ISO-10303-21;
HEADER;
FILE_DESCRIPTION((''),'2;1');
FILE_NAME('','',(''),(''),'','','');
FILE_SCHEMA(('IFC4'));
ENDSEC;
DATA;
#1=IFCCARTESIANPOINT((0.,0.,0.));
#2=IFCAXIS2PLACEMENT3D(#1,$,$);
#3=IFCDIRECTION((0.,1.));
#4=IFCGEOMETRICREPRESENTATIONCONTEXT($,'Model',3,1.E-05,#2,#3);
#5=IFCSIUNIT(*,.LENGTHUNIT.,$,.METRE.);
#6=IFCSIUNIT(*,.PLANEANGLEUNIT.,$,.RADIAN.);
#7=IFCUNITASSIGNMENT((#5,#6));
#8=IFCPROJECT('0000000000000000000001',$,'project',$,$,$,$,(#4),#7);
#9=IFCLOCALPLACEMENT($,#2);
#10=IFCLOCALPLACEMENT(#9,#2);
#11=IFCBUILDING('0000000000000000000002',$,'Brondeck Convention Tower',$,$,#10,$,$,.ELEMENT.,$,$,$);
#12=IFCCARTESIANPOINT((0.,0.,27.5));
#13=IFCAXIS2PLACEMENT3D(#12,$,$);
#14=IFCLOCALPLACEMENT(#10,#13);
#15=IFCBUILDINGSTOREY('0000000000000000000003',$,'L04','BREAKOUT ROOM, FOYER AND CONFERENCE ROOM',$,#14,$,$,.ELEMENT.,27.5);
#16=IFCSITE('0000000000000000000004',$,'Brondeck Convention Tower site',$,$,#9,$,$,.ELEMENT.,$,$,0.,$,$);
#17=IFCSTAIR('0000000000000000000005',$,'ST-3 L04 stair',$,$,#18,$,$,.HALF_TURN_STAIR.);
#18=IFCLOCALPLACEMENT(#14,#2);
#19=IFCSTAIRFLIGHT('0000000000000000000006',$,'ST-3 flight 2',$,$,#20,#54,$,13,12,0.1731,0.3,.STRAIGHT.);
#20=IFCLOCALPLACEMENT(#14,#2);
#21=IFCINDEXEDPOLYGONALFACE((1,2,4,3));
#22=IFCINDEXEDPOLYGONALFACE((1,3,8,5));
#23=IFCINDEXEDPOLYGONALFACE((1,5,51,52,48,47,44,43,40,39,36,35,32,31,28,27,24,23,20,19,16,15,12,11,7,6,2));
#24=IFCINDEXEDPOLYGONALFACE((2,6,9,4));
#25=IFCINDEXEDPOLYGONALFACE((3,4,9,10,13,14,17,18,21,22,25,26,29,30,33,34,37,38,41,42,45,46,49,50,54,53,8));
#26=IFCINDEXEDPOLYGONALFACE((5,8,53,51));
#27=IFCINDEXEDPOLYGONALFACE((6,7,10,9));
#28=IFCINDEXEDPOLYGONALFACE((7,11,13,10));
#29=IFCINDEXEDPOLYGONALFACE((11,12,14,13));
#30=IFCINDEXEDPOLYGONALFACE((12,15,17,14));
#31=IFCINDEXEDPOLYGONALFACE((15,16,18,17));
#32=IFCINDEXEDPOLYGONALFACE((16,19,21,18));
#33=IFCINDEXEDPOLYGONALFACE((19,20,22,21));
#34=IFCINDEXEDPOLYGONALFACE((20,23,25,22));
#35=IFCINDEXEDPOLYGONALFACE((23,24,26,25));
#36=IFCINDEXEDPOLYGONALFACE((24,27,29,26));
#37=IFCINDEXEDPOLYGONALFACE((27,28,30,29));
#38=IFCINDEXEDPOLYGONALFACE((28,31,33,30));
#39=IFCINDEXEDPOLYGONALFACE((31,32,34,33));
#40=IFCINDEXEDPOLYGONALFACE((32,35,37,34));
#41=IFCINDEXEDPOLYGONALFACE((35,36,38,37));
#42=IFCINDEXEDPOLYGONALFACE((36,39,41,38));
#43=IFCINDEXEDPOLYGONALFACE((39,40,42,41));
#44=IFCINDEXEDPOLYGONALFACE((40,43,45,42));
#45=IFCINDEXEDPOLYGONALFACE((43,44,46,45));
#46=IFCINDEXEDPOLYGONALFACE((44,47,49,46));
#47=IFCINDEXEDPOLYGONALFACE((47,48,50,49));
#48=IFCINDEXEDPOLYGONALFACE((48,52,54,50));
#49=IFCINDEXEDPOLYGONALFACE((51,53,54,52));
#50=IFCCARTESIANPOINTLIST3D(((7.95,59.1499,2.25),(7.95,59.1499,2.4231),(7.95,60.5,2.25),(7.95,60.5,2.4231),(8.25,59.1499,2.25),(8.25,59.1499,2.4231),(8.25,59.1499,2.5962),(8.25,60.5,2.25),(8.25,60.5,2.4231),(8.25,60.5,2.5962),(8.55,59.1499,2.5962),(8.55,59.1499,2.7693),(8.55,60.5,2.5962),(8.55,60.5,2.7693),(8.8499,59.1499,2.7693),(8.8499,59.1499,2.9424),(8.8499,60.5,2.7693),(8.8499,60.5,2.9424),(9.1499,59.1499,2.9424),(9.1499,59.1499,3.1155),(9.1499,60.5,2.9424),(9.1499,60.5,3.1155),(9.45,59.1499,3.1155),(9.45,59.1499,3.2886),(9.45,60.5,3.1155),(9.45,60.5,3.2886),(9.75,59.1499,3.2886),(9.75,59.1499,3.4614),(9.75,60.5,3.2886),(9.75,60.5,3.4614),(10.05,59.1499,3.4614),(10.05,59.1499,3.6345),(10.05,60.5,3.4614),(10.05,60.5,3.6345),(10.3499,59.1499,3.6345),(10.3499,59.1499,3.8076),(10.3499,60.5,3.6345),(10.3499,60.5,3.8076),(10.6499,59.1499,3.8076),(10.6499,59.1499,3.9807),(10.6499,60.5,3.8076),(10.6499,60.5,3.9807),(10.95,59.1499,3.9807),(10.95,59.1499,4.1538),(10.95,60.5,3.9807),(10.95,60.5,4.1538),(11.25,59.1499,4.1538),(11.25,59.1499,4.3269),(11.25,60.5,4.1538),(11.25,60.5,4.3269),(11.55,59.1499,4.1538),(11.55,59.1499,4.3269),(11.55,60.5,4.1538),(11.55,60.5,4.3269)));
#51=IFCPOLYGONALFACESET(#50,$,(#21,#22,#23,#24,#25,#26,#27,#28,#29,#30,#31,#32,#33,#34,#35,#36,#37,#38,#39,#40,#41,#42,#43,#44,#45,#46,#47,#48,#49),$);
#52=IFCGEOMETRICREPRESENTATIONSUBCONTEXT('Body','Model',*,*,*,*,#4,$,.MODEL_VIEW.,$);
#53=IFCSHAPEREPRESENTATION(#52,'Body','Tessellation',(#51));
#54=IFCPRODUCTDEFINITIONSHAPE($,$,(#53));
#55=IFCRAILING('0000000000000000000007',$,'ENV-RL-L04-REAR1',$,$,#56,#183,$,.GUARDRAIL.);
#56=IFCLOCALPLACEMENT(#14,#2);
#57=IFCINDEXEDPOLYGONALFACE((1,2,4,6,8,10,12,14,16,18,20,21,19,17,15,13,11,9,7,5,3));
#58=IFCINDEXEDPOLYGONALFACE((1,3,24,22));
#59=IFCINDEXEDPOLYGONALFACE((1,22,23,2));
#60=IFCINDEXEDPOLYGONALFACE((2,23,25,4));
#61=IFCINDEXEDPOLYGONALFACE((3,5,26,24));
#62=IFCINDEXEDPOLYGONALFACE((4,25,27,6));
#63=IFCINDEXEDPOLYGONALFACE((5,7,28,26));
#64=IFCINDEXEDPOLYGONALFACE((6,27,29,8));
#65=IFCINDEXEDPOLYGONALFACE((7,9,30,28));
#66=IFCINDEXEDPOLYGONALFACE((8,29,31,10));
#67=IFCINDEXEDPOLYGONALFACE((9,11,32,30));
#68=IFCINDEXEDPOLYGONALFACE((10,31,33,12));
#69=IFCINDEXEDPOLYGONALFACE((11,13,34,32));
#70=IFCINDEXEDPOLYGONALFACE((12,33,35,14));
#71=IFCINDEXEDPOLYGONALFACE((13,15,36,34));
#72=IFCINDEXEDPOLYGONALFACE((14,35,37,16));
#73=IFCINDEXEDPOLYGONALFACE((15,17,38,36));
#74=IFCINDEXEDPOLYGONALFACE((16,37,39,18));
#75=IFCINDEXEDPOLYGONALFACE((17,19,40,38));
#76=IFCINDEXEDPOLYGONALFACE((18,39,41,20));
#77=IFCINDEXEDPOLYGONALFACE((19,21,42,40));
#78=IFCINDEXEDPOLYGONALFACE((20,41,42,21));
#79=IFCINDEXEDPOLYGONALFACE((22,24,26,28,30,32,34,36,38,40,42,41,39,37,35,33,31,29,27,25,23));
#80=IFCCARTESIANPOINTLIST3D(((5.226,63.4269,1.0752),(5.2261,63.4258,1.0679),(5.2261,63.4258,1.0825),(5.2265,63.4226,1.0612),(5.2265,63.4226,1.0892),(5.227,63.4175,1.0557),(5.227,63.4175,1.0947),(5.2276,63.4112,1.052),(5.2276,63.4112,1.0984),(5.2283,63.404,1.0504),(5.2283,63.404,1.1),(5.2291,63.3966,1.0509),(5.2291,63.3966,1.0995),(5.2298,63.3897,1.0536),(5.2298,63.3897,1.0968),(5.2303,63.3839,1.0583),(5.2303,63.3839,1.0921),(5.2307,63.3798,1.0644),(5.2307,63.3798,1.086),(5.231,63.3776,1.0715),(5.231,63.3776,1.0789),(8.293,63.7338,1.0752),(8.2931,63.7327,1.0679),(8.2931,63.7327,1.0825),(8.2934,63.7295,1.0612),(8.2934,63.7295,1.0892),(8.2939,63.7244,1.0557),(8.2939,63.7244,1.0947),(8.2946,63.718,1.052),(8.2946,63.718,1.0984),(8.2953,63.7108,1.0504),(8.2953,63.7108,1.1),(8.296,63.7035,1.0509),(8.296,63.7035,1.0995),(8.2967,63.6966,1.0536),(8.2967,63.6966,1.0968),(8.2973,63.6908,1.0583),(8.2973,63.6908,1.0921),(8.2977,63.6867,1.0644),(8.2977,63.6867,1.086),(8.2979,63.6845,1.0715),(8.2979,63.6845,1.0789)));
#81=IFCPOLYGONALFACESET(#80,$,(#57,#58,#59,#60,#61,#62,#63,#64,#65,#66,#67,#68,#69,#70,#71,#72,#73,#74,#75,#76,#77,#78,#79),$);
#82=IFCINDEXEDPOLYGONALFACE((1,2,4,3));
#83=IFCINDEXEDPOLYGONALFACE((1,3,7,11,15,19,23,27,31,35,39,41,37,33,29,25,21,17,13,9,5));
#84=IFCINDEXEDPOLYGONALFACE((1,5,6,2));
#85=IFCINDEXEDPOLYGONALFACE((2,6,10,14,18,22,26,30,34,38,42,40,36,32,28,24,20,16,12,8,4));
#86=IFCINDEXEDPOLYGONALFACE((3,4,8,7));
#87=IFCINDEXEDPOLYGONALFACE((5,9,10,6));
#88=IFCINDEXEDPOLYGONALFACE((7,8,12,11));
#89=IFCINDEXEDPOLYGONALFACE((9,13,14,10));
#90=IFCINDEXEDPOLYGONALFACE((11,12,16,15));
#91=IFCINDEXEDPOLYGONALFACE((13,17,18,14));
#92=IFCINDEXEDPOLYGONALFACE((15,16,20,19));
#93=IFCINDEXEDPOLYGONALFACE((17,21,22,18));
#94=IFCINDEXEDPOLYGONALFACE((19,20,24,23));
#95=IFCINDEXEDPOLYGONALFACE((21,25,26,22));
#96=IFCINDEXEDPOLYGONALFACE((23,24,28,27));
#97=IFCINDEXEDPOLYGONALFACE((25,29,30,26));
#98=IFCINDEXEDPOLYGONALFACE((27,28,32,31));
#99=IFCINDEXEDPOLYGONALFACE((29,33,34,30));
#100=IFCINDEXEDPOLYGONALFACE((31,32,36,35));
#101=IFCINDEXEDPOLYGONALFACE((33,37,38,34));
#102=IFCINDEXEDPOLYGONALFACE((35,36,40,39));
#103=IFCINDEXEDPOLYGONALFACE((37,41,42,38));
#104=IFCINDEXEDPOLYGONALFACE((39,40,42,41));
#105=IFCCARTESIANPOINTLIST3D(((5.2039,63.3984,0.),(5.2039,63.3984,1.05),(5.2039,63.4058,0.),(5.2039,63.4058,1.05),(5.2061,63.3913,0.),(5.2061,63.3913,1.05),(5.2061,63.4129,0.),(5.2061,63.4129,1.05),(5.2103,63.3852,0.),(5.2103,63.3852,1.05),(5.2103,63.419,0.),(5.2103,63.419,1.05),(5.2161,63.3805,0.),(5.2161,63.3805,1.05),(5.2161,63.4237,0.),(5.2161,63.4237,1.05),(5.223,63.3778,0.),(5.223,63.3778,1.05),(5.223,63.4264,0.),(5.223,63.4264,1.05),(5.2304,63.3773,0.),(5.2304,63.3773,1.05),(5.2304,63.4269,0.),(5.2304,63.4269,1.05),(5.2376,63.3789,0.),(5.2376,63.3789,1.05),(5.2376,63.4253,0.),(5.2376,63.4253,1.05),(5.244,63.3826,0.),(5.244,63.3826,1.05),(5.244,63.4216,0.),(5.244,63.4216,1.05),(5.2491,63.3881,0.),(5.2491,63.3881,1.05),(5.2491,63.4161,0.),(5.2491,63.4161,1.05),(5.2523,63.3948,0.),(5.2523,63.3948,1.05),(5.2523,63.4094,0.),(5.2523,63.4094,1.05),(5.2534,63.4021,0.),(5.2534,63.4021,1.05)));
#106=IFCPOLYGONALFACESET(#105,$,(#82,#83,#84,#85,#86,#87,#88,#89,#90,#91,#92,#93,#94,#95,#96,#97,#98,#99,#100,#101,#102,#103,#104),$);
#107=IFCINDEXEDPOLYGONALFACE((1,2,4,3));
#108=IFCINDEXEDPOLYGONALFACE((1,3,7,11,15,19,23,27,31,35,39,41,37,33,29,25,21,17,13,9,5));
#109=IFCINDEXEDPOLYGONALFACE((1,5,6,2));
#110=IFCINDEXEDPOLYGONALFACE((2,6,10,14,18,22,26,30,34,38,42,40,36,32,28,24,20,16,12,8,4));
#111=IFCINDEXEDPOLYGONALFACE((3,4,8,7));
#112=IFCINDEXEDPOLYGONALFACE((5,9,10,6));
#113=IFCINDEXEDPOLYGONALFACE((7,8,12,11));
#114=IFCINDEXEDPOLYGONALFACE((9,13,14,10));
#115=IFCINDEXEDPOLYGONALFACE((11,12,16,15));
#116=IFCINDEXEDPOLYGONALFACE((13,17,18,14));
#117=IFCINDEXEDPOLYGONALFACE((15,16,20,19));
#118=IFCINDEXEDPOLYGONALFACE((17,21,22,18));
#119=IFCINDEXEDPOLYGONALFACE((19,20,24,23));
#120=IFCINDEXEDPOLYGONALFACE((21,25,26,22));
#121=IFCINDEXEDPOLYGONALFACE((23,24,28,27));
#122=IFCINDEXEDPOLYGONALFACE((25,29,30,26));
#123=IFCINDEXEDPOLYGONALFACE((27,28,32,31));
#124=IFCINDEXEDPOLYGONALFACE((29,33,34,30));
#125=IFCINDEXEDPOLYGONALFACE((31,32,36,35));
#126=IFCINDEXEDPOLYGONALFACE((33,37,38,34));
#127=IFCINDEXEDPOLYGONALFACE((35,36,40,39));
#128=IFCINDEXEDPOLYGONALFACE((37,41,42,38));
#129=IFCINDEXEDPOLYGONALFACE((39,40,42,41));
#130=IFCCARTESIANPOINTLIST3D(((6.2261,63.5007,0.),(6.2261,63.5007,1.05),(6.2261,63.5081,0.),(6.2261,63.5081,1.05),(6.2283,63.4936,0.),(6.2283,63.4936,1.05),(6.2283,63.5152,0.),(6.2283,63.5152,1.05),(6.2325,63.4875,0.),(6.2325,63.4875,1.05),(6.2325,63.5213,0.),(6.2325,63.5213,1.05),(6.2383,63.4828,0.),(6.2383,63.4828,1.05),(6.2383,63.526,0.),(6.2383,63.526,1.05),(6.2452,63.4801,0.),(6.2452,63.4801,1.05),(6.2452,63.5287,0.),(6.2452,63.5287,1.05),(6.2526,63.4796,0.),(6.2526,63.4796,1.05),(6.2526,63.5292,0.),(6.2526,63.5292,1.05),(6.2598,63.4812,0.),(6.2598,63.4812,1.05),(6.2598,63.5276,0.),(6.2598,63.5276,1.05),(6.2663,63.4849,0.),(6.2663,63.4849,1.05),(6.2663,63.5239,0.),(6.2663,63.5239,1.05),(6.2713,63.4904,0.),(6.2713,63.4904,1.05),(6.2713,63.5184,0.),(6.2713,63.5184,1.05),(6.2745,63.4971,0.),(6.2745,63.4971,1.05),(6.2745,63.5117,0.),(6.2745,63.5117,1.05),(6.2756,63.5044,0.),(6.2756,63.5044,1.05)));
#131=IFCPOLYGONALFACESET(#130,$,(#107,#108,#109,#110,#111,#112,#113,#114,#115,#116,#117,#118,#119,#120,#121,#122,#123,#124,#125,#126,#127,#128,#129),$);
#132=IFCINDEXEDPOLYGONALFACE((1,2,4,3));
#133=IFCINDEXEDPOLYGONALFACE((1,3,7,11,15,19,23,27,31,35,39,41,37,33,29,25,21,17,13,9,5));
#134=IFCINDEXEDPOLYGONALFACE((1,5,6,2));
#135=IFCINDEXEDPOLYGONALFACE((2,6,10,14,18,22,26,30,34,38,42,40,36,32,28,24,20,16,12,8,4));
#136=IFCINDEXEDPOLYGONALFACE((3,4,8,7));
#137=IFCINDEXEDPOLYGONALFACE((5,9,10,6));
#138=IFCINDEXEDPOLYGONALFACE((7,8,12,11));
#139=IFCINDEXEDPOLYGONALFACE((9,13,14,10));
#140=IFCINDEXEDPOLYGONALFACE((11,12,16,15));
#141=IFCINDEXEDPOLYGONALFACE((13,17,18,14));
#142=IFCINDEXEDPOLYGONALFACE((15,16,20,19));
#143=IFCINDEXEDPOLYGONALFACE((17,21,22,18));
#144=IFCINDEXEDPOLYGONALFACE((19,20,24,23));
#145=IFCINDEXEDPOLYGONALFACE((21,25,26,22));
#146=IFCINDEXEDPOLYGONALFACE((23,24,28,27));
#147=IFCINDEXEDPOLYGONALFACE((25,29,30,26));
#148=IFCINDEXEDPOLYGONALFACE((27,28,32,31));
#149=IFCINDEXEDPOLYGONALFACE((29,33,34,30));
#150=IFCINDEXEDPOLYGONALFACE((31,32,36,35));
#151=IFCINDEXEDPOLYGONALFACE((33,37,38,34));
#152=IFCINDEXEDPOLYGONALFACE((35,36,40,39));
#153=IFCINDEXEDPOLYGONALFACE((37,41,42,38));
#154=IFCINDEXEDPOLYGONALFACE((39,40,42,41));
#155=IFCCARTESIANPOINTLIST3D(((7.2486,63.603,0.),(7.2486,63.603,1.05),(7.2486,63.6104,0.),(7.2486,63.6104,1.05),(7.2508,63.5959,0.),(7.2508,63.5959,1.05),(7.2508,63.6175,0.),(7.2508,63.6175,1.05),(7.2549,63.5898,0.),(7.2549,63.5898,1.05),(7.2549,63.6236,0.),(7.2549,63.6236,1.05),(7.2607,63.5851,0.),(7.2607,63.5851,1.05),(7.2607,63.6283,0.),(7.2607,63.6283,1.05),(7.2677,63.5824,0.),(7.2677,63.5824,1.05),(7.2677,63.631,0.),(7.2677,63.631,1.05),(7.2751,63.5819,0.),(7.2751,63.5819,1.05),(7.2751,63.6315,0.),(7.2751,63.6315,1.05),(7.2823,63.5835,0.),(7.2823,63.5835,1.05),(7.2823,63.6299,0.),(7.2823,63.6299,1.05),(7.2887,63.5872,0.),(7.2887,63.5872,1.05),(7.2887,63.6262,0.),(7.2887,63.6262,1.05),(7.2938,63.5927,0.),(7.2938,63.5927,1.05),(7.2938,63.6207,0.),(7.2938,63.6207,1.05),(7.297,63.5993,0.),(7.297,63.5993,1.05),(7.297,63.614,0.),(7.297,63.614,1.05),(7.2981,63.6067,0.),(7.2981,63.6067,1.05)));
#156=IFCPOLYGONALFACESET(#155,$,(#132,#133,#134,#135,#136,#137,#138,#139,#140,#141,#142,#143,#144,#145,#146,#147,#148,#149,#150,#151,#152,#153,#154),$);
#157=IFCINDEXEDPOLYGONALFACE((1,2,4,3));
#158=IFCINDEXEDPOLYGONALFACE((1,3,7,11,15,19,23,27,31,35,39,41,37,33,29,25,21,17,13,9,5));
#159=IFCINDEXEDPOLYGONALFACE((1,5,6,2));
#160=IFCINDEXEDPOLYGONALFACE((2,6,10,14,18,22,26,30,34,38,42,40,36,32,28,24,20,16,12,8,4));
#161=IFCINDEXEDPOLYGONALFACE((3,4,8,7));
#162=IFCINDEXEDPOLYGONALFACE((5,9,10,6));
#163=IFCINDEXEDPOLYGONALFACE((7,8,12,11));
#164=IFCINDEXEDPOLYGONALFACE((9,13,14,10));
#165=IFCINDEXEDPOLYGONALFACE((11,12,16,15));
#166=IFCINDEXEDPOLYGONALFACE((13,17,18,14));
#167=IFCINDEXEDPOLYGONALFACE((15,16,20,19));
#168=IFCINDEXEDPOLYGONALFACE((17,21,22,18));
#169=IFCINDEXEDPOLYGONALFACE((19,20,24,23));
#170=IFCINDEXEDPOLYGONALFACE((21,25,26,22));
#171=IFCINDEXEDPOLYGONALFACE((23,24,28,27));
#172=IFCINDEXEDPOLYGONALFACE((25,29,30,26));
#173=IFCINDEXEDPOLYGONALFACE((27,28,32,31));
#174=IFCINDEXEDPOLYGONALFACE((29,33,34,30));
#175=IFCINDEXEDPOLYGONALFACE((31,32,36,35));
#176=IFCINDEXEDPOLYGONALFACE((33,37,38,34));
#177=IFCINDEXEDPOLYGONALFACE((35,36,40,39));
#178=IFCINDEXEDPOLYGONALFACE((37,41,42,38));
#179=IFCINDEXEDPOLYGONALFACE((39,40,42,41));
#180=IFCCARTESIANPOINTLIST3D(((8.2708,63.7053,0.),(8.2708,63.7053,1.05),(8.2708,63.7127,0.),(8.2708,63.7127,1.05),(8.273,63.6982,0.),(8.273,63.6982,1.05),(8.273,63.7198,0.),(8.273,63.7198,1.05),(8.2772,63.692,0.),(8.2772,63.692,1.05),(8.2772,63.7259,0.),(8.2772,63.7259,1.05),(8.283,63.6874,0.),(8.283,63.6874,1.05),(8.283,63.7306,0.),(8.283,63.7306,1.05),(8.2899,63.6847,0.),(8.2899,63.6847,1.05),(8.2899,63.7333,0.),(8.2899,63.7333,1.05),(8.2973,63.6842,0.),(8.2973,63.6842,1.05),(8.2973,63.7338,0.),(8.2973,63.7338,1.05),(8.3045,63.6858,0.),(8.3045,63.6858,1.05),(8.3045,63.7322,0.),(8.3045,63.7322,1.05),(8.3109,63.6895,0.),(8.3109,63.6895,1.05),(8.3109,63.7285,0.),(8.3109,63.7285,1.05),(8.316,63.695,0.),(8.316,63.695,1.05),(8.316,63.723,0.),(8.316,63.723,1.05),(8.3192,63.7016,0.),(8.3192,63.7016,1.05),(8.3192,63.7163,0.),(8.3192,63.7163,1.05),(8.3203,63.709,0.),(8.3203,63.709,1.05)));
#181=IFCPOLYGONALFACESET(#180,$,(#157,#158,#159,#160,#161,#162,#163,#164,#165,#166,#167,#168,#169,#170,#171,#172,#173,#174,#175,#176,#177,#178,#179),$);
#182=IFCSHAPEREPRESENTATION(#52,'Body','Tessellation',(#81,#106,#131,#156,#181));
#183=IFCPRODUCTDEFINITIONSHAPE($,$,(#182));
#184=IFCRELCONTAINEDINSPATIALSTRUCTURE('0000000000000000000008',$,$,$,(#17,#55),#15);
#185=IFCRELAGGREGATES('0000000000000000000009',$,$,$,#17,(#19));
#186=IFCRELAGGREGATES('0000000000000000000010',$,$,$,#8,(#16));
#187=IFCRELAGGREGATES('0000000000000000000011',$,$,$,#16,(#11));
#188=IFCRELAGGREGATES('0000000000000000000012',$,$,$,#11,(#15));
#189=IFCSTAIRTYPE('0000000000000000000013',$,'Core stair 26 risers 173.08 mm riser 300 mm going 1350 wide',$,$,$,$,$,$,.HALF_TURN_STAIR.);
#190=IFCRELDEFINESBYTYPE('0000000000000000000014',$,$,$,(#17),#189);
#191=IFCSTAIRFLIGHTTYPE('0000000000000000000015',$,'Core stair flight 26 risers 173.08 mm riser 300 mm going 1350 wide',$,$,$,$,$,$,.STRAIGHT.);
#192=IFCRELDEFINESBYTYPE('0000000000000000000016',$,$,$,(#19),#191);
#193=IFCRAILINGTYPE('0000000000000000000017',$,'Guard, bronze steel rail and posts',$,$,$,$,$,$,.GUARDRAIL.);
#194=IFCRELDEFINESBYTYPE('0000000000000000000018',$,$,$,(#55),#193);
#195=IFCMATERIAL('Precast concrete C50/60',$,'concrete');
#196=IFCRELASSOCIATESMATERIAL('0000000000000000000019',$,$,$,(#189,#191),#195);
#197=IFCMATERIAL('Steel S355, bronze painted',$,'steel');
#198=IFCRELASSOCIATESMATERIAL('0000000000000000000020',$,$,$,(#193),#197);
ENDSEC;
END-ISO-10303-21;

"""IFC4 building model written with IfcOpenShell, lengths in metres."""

from ifc_helpers import new_model, si_unit, direction, frame, origin, origin_2d, place, context, subcontext, project, spatial, polyline, circle, outline, extrude, material, type_object, element, aggregate, save


model = new_model("IFC4")

# Units and contexts
model_context = context("Model", 3, precision=1e-05, world=origin(), true_north=direction((0.0, 1.0)))
body_context = subcontext(model_context, "Body", "Model", "MODEL_VIEW")
ifc_project = project(units=[si_unit("LENGTHUNIT", "METRE"), si_unit("PLANEANGLEUNIT", "RADIAN")], contexts=[model_context])

# Site, building, storey
site_placement = place(None, origin())
site = spatial("IfcSite", under=ifc_project, at=site_placement, Name="Brondeck Convention Tower site", CompositionType="ELEMENT", RefElevation=0.0)
building_placement = place(site_placement, origin())
building = spatial("IfcBuilding", under=site, at=building_placement, Name="Brondeck Convention Tower", CompositionType="ELEMENT")
storey_placement = place(building_placement, frame((0.0, 0.0, 27.5)))
storey = spatial("IfcBuildingStorey", under=building, at=storey_placement, Name="L04", Description="BREAKOUT ROOM, FOYER AND CONFERENCE ROOM", CompositionType="ELEMENT", Elevation=27.5)

# Stair, stair flight
ifc_material_1 = material(Name="Precast concrete C50/60", Category="concrete")
stair_type = type_object("IfcStairType", Name="Core stair 26 risers 173.08 mm riser 300 mm going 1350 wide", PredefinedType="HALF_TURN_STAIR", material=ifc_material_1)
stair_placement = place(storey_placement, origin())
stair = element("IfcStair", 1, at=stair_placement, inside=storey, type_object=stair_type, Name="ST-3 L04 stair", PredefinedType="HALF_TURN_STAIR")
stair_flight_type = type_object("IfcStairFlightType", Name="Core stair flight 26 risers 173.08 mm riser 300 mm going 1350 wide", PredefinedType="STRAIGHT", material=ifc_material_1)
stair_flight_placement = place(storey_placement, frame((7.95, 59.825, 2.25), z_axis=(0.0, 0.0, 1.0), x_axis=(1.0, 0.0, 0.0)))
stair_flight = element("IfcStairFlight", 2, at=stair_flight_placement, type_object=stair_flight_type, Name="ST-3 flight 2", NumberOfRisers=13, NumberOfTreads=12, PredefinedType="STRAIGHT", RiserHeight=0.1731, TreadLength=0.3, context=body_context, shape_type="SweptSolid", body=[
    extrude(outline(polyline([(0.0, 0.0), (0.0, 0.1731), (0.3, 0.1731), (0.3, 0.3462), (0.6001, 0.3462), (0.6001, 0.5193), (0.8999, 0.5193), (0.8999, 0.6924), (1.2, 0.6924), (1.2, 0.8655), (1.5, 0.8655), (1.5, 1.0386), (1.8, 1.0386), (1.8, 1.2114), (2.1001, 1.2114), (2.1001, 1.3845), (2.3999, 1.3845), (2.3999, 1.5576), (2.7, 1.5576), (2.7, 1.7307), (3.0, 1.7307), (3.0, 1.9038), (3.3, 1.9038), (3.3, 2.0769), (3.6001, 2.0769), (3.6001, 2.25), (3.6001, 1.9038), (0.3, 0.0), (0.0, 0.0)])), frame((0.0, 0.675, 0.0), z_axis=(0.0, -1.0, 0.0), x_axis=(1.0, 0.0, 0.0)), (0.0, 0.0, 1.0), 1.3501),
])
aggregate(stair, [stair_flight])

# Railing
ifc_material_2 = material(Name="Steel S355, bronze painted", Category="steel")
railing_type_1 = type_object("IfcRailingType", Name="Guard, bronze steel rail and posts", PredefinedType="GUARDRAIL", material=ifc_material_2)
railing_1_placement = place(storey_placement, frame((5.2285, 63.4021, 0.0)))
element("IfcRailing", 3, at=railing_1_placement, inside=storey, type_object=railing_type_1, Name="ENV-RL-L04-REAR1", PredefinedType="GUARDRAIL", context=body_context, shape_type="SweptSolid", body=[
    extrude(circle(Radius=0.0249, at=origin_2d()), frame((0.0, 0.0, 1.0752), z_axis=(0.995031, 0.099566, 0.0), x_axis=(-0.099566, 0.995031, 0.0)), (0.0, 0.0, 1.0), 3.0823),
    extrude(circle(Radius=0.0249, at=origin_2d()), origin(), (0.0, 0.0, 1.0), 1.05),
    extrude(circle(Radius=0.0249, at=origin_2d()), frame((1.0222, 0.1023, 0.0)), (0.0, 0.0, 1.0), 1.05),
    extrude(circle(Radius=0.0249, at=origin_2d()), frame((2.0447, 0.2046, 0.0)), (0.0, 0.0, 1.0), 1.05),
    extrude(circle(Radius=0.0249, at=origin_2d()), frame((3.0669, 0.3069, 0.0)), (0.0, 0.0, 1.0), 1.05),
])

save(model, "model.ifc")
